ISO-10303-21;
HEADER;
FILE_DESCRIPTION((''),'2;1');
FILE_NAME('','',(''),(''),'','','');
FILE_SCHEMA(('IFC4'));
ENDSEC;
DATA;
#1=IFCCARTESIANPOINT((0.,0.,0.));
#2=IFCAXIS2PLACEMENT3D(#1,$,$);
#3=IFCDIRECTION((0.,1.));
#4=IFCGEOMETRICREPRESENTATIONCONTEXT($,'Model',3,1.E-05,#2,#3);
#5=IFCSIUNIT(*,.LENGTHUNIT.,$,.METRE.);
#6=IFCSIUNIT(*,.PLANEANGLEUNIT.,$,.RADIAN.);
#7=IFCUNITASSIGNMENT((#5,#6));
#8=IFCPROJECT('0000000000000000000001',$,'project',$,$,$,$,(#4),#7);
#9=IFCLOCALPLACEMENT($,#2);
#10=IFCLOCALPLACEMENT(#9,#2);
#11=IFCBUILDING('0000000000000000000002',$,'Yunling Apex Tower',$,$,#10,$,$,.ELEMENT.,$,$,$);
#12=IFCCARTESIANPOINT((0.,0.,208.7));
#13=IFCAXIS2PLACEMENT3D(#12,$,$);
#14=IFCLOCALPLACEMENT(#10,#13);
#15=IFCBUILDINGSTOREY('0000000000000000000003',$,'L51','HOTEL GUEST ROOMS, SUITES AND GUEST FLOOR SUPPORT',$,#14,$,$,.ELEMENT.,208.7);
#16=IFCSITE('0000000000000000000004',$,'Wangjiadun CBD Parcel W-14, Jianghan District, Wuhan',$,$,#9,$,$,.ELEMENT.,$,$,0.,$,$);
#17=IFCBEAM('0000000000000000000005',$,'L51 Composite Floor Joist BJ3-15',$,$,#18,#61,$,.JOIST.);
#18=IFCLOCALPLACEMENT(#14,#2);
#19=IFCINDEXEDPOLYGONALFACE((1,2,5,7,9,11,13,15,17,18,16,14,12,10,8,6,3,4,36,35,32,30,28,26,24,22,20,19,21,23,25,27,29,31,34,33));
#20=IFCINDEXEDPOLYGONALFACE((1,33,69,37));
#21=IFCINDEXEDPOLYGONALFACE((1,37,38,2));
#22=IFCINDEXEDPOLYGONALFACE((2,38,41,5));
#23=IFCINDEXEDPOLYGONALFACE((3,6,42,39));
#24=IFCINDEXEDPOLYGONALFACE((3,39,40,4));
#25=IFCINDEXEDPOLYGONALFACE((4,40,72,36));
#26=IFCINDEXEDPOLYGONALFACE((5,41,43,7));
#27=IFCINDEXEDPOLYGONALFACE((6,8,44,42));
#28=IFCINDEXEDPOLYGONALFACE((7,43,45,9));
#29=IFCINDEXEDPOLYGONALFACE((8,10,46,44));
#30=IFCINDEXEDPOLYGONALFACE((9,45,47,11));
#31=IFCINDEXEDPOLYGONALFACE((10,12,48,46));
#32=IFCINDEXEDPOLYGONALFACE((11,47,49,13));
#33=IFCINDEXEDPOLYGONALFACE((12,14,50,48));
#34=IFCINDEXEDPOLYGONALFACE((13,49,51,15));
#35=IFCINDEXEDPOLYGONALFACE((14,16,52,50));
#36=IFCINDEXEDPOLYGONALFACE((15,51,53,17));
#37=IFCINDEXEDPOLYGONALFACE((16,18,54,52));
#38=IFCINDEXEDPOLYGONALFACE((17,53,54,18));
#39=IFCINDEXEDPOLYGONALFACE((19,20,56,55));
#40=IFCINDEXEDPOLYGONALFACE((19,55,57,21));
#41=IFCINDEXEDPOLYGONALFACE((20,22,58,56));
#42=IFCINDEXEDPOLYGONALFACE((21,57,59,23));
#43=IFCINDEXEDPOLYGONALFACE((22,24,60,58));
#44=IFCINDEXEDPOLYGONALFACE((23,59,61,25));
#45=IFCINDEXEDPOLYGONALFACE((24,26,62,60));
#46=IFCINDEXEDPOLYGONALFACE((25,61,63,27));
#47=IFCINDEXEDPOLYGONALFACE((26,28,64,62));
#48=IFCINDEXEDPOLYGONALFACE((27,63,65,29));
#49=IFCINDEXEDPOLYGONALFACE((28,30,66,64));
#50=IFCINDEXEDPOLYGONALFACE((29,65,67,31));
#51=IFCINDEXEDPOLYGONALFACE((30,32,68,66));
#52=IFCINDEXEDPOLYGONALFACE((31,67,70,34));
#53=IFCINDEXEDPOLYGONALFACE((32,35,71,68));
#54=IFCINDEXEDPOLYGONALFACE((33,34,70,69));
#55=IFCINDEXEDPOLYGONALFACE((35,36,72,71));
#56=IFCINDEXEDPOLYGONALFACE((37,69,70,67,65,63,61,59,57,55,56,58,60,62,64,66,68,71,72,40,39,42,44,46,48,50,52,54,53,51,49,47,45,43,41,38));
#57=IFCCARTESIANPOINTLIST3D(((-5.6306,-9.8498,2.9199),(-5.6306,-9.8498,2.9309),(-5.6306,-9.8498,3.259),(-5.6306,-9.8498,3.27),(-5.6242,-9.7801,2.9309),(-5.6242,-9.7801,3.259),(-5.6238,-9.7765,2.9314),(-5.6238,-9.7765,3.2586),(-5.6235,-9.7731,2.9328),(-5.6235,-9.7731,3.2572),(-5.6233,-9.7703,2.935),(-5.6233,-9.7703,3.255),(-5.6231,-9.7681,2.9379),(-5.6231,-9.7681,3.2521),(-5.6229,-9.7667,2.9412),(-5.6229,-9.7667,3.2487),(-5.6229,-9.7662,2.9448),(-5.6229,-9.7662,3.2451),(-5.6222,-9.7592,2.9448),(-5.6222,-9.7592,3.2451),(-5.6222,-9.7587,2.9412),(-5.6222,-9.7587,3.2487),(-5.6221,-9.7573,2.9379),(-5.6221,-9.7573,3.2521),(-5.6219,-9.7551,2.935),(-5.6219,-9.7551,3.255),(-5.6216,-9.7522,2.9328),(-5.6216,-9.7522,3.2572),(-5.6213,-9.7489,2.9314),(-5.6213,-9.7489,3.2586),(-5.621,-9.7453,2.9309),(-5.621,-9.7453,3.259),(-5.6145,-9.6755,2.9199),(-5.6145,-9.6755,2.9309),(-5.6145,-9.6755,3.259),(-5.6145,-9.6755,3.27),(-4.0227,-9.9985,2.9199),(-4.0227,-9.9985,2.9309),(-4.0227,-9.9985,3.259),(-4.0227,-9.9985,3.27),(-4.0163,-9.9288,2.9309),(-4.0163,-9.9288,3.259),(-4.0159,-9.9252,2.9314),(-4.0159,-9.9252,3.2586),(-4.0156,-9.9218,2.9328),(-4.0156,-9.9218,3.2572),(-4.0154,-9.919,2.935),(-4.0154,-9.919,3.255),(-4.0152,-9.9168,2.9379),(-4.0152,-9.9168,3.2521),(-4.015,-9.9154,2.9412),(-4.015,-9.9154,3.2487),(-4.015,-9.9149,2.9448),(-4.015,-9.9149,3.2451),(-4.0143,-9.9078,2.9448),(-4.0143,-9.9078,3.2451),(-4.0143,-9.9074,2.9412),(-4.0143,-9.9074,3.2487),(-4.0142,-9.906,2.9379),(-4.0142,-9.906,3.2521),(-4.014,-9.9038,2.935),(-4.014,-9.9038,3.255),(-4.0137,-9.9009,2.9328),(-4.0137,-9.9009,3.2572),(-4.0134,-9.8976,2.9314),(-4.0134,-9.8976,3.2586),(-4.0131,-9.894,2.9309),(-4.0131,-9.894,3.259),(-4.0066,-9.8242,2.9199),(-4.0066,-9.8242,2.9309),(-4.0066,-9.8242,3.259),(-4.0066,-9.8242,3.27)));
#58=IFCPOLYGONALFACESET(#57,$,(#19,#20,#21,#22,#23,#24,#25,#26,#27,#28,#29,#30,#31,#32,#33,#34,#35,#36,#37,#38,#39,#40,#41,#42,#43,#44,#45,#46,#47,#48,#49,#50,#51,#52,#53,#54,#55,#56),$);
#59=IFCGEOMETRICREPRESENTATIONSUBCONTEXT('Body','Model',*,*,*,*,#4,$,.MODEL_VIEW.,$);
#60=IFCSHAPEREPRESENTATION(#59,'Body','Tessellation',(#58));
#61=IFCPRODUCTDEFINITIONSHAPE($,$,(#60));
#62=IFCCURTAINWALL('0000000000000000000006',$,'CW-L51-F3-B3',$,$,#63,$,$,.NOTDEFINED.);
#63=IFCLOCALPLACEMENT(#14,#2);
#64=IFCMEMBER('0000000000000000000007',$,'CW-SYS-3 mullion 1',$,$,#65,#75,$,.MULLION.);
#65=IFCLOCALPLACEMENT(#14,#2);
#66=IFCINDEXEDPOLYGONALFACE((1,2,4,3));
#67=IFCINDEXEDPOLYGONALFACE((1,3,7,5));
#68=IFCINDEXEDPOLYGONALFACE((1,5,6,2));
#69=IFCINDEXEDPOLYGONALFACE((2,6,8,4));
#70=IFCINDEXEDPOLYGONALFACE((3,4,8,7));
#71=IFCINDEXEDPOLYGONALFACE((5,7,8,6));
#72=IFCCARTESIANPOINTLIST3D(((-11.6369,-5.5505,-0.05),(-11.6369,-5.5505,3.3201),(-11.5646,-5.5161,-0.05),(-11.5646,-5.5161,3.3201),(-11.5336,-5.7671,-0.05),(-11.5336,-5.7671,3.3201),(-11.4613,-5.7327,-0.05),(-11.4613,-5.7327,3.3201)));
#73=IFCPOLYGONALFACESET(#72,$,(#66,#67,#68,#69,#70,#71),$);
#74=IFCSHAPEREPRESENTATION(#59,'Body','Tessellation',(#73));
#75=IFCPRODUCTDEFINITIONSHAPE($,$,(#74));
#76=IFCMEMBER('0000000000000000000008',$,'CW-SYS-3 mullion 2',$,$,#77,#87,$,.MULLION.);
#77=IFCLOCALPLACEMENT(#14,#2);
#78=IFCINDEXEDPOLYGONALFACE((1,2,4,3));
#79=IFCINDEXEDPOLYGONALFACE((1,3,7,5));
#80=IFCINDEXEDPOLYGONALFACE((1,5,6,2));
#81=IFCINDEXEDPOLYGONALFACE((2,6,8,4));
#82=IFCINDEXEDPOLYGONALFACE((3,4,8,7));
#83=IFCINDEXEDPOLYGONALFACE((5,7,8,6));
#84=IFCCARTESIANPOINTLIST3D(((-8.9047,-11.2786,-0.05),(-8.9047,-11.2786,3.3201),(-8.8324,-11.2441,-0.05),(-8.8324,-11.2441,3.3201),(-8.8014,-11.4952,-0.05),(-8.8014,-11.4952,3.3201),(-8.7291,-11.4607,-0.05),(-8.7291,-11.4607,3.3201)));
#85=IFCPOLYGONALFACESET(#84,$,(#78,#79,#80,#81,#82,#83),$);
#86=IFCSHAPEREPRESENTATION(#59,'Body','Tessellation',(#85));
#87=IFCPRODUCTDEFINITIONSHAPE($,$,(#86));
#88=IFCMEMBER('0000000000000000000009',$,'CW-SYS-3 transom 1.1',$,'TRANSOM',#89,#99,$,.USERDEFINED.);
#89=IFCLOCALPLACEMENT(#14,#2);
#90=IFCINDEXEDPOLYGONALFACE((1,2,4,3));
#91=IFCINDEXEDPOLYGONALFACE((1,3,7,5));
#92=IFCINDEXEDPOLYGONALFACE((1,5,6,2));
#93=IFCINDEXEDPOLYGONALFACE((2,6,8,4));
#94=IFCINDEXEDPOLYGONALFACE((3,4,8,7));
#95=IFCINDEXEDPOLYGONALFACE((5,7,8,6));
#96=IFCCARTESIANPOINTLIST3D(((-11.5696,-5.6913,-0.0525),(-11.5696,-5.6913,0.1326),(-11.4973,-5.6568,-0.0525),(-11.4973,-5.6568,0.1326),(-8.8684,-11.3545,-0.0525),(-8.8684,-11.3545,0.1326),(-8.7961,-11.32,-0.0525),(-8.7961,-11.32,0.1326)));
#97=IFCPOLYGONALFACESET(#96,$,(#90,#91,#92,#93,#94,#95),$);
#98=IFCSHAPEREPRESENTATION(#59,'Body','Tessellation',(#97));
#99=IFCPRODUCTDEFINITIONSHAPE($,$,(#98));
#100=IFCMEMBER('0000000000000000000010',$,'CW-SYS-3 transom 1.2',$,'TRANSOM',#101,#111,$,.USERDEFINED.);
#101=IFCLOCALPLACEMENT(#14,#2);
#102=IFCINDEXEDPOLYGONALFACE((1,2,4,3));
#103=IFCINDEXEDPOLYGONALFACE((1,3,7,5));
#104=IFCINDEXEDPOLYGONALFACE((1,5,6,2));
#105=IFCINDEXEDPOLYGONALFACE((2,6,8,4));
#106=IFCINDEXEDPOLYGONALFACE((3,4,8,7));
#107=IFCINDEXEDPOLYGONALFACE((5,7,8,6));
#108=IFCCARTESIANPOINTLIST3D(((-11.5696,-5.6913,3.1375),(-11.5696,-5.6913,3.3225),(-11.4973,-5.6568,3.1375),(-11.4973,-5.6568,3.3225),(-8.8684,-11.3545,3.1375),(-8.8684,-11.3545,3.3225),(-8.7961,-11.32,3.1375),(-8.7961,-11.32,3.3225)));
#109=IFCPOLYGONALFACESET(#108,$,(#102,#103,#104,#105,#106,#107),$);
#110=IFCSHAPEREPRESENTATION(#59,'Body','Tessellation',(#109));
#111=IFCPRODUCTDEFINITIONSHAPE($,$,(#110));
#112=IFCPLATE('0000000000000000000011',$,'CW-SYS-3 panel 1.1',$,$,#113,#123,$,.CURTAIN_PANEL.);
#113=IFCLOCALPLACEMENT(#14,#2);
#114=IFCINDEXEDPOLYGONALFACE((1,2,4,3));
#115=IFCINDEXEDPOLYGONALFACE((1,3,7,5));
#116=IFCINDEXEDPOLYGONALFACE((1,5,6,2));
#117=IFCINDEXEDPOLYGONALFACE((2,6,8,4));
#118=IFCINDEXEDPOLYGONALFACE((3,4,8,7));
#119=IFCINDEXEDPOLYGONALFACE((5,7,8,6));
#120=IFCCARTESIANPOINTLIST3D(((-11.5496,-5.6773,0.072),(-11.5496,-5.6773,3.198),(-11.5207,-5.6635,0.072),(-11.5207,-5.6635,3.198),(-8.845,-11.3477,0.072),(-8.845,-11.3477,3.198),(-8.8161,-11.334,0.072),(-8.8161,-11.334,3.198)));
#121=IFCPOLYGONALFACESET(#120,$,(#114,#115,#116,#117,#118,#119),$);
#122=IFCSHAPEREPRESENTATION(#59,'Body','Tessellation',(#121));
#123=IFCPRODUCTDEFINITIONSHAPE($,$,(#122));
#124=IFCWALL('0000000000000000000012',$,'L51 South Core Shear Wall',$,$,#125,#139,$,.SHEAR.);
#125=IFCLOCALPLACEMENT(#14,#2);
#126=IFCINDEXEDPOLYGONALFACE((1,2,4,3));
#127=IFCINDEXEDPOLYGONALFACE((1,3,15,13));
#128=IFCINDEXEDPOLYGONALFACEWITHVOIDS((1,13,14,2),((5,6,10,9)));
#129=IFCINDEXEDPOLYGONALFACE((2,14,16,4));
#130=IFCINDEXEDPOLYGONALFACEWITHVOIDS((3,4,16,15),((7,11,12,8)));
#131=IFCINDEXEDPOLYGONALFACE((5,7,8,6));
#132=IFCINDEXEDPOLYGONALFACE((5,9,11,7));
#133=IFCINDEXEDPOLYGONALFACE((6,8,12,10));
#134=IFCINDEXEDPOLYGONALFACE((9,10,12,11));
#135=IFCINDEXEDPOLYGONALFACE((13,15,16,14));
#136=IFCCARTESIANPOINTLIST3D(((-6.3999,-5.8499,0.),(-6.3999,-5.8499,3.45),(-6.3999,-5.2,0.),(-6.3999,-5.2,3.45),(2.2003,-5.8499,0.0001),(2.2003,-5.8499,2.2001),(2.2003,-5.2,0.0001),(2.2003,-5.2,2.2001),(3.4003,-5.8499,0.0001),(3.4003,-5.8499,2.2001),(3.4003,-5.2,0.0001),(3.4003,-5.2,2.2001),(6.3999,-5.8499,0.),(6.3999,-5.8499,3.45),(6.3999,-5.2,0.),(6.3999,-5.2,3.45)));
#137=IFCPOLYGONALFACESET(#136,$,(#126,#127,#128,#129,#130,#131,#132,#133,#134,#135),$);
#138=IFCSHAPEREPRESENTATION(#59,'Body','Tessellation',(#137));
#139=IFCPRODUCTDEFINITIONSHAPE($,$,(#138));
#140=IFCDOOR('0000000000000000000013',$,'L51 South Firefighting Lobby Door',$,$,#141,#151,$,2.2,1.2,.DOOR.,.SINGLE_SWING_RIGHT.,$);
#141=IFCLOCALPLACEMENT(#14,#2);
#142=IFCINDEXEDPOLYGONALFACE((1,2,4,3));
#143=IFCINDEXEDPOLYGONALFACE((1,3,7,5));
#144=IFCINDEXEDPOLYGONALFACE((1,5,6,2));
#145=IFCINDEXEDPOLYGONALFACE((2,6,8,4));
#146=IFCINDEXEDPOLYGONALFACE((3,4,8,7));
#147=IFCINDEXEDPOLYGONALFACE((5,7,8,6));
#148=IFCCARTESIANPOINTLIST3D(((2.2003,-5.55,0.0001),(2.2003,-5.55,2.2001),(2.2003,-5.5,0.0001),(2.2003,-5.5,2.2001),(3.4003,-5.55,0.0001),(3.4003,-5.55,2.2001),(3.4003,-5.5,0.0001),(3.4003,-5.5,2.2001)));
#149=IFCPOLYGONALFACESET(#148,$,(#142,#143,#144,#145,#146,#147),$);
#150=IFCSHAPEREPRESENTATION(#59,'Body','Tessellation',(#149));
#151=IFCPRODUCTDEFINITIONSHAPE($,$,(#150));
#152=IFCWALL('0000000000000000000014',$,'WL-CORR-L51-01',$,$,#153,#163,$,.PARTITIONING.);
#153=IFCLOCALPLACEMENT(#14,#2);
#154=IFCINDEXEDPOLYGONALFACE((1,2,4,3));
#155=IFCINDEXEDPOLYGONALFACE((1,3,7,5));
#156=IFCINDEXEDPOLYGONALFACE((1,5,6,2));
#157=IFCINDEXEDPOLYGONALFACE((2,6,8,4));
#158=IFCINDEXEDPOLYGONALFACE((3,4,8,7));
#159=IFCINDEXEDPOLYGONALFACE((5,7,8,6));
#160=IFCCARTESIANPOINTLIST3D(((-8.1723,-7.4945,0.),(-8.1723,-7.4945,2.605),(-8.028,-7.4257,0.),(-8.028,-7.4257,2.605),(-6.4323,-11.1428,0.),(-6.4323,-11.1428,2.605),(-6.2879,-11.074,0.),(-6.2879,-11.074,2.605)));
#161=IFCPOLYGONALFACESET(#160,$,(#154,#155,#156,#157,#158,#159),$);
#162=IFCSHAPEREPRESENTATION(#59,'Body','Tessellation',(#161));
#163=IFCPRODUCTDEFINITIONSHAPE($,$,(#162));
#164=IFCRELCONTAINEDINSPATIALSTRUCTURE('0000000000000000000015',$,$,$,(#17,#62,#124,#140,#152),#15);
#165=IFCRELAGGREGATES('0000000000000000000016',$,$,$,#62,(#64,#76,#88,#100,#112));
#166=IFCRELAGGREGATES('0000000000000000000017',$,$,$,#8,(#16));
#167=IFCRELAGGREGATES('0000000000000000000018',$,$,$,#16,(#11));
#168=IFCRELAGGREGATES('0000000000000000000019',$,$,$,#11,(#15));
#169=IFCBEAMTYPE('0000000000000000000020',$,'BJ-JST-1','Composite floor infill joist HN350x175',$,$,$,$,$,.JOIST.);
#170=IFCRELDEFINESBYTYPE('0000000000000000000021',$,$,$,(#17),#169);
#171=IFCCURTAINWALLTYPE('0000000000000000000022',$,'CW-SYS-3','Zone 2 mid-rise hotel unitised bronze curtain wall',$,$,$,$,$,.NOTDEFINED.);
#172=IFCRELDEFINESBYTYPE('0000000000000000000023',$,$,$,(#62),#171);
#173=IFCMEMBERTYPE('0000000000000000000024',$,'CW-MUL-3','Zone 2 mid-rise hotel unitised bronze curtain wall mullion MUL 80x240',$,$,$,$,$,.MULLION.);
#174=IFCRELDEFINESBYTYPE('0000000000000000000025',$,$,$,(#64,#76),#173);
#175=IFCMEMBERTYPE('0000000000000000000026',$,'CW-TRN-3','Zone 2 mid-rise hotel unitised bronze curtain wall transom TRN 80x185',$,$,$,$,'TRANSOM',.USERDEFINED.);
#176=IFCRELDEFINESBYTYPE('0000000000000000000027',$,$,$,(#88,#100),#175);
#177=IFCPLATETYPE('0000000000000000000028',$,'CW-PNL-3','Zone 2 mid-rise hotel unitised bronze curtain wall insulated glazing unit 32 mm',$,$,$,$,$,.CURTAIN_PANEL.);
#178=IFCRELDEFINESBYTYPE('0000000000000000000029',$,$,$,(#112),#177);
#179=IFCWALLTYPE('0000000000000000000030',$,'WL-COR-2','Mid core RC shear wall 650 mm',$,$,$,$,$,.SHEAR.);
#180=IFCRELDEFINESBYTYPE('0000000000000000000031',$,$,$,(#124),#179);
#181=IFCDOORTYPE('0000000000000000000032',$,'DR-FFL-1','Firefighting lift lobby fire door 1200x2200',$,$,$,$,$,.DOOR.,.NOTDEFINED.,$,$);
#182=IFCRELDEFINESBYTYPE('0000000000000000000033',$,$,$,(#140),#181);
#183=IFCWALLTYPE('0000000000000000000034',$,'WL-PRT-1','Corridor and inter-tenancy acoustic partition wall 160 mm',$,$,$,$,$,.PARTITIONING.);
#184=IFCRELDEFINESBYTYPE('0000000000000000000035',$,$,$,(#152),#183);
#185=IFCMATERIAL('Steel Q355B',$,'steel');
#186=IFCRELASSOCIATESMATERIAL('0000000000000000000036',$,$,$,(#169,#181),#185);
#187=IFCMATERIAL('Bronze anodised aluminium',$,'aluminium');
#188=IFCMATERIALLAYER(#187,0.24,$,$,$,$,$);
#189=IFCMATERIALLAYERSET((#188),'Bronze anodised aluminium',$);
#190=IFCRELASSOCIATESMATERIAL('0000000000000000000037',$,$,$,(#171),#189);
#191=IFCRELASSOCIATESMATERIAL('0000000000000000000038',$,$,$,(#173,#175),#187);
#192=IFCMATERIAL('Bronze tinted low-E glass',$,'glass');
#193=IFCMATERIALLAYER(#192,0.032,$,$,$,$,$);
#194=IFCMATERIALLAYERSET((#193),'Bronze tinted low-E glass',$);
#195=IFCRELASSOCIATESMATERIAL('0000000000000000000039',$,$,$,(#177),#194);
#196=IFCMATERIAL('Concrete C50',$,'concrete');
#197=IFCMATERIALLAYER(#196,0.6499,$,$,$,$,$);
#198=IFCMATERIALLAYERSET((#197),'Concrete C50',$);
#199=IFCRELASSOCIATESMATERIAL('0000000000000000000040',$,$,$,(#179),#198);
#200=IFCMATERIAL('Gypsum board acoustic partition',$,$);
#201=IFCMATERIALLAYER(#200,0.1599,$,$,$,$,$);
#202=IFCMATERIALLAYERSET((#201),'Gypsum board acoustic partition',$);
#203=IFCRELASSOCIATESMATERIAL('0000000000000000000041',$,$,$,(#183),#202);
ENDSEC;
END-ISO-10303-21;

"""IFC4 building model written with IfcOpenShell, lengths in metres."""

from ifc_helpers import new_model, si_unit, direction, frame, frame_2d, origin, origin_2d, place, context, subcontext, project, spatial, rectangle, i_section, extrude, source, transform, mapped, material, layer, layer_set, material_profile, profile_set, type_object, element, fill, aggregate, save


model = new_model("IFC4")

# Units and contexts
model_context = context("Model", 3, precision=1e-05, world=origin(), true_north=direction((0.0, 1.0)))
body_context = subcontext(model_context, "Body", "Model", "MODEL_VIEW")
ifc_project = project(units=[si_unit("LENGTHUNIT", "METRE"), si_unit("PLANEANGLEUNIT", "RADIAN")], contexts=[model_context])

# Site, building, storey
site_placement = place(None, origin())
site = spatial("IfcSite", under=ifc_project, at=site_placement, Name="Wangjiadun CBD Parcel W-14, Jianghan District, Wuhan", CompositionType="ELEMENT", RefElevation=0.0)
building_placement = place(site_placement, origin())
building = spatial("IfcBuilding", under=site, at=building_placement, Name="Yunling Apex Tower", CompositionType="ELEMENT")
storey_placement = place(building_placement, frame((0.0, 0.0, 208.7)))
storey = spatial("IfcBuildingStorey", under=building, at=storey_placement, Name="L51", Description="HOTEL GUEST ROOMS, SUITES AND GUEST FLOOR SUPPORT", CompositionType="ELEMENT", Elevation=208.7)

# Shared definitions
ifc_material_1 = material(Name="Concrete C50", Category="concrete")

# Beam
ifc_material_2 = material(Name="Steel Q355B", Category="steel")
ifc_material_profile_1 = material_profile(ifc_material_2, i_section(OverallWidth=0.175, OverallDepth=0.3501, WebThickness=0.0071, FlangeThickness=0.011, FilletRadius=0.0139, at=origin_2d()))
ifc_profile_set_1 = profile_set([ifc_material_profile_1], Name="Steel Q355B")
beam_type_1 = type_object("IfcBeamType", Name="BJ-JST-1", Description="Composite floor infill joist HN350x175", PredefinedType="JOIST", material=ifc_profile_set_1)
shared_shape_1 = source(origin(), body_context, "Body", "SweptSolid", [
    extrude(i_section(OverallWidth=0.175, OverallDepth=0.3501, WebThickness=0.0071, FlangeThickness=0.011, FilletRadius=0.0139, at=origin_2d()), origin(), (0.0, 0.0, 1.0), 1.6147),
])
beam_1_placement = place(storey_placement, frame((-5.6226, -9.7627, 3.095), z_axis=(0.995752, -0.092076, 0.0), x_axis=(0.092076, 0.995752, 0.0)))
element("IfcBeam", 1, at=beam_1_placement, inside=storey, type_object=beam_type_1, Name="L51 Composite Floor Joist BJ3-15", PredefinedType="JOIST", context=body_context, shape_type="MappedRepresentation", body=[
    mapped(shared_shape_1, transform((0.0, 0.0, 0.0), scale=1.0)),
])

# Curtain wall, members, plate
ifc_material_3 = material(Name="Bronze anodised aluminium", Category="aluminium")
ifc_layer_1 = layer(ifc_material_3, 0.24)
ifc_layer_set_1 = layer_set([ifc_layer_1], Name="Bronze anodised aluminium")
curtain_wall_type = type_object("IfcCurtainWallType", Name="CW-SYS-3", Description="Zone 2 mid-rise hotel unitised bronze curtain wall", PredefinedType="NOTDEFINED", material=ifc_layer_set_1)
curtain_wall_placement = place(storey_placement, origin())
curtain_wall = element("IfcCurtainWall", 2, at=curtain_wall_placement, inside=storey, type_object=curtain_wall_type, Name="CW-L51-F3-B3", PredefinedType="NOTDEFINED")
ifc_material_profile_2 = material_profile(ifc_material_3, rectangle(XDim=0.0801, YDim=0.24, at=origin_2d()))
ifc_profile_set_2 = profile_set([ifc_material_profile_2], Name="Bronze anodised aluminium")
member_type_1 = type_object("IfcMemberType", Name="CW-MUL-3", Description="Zone 2 mid-rise hotel unitised bronze curtain wall mullion MUL 80x240", PredefinedType="MULLION", material=ifc_profile_set_2)
shared_shape_2 = source(origin(), body_context, "Body", "SweptSolid", [
    extrude(rectangle(XDim=0.0801, YDim=0.24, at=origin_2d()), origin(), (0.0, 0.0, 1.0), 3.3701),
])
member_1_placement = place(storey_placement, frame((-11.5491, -5.6416, -0.05), z_axis=(0.0, 0.0, 1.0), x_axis=(0.902588, 0.430505, 0.0)))
member_1 = element("IfcMember", 3, at=member_1_placement, type_object=member_type_1, Name="CW-SYS-3 mullion 1", PredefinedType="MULLION", context=body_context, shape_type="MappedRepresentation", body=[
    mapped(shared_shape_2, transform((0.0, 0.0, 0.0), scale=1.0)),
])
member_2_placement = place(storey_placement, frame((-8.8169, -11.3696, -0.05), z_axis=(0.0, 0.0, 1.0), x_axis=(0.902588, 0.430505, 0.0)))
member_2 = element("IfcMember", 4, at=member_2_placement, type_object=member_type_1, Name="CW-SYS-3 mullion 2", PredefinedType="MULLION", context=body_context, shape_type="MappedRepresentation", body=[
    mapped(shared_shape_2, transform((0.0, 0.0, 0.0), scale=1.0)),
])
ifc_material_profile_3 = material_profile(ifc_material_3, rectangle(XDim=0.0801, YDim=0.1851, at=origin_2d()))
ifc_profile_set_3 = profile_set([ifc_material_profile_3], Name="Bronze anodised aluminium")
member_type_2 = type_object("IfcMemberType", Name="CW-TRN-3", Description="Zone 2 mid-rise hotel unitised bronze curtain wall transom TRN 80x185", ElementType="TRANSOM", PredefinedType="USERDEFINED", material=ifc_profile_set_3)
shared_shape_3 = source(origin(), body_context, "Body", "SweptSolid", [
    extrude(rectangle(XDim=0.0801, YDim=0.1851, at=origin_2d()), origin(), (0.0, 0.0, 1.0), 6.2744),
])
member_3_placement = place(storey_placement, frame((-11.5334, -5.6741, 0.04), z_axis=(0.430513, -0.902584, 0.0), x_axis=(0.902584, 0.430513, 0.0)))
member_3 = element("IfcMember", 5, at=member_3_placement, type_object=member_type_2, Name="CW-SYS-3 transom 1.1", ObjectType="TRANSOM", PredefinedType="USERDEFINED", context=body_context, shape_type="MappedRepresentation", body=[
    mapped(shared_shape_3, transform((0.0, 0.0, 0.0), scale=1.0)),
])
member_4_placement = place(storey_placement, frame((-11.5334, -5.6741, 3.23), z_axis=(0.430513, -0.902584, 0.0), x_axis=(0.902584, 0.430513, 0.0)))
member_4 = element("IfcMember", 6, at=member_4_placement, type_object=member_type_2, Name="CW-SYS-3 transom 1.2", ObjectType="TRANSOM", PredefinedType="USERDEFINED", context=body_context, shape_type="MappedRepresentation", body=[
    mapped(shared_shape_3, transform((0.0, 0.0, 0.0), scale=1.0)),
])
ifc_material_4 = material(Name="Bronze tinted low-E glass", Category="glass")
ifc_layer_2 = layer(ifc_material_4, 0.032)
ifc_layer_set_2 = layer_set([ifc_layer_2], Name="Bronze tinted low-E glass")
plate_type = type_object("IfcPlateType", Name="CW-PNL-3", Description="Zone 2 mid-rise hotel unitised bronze curtain wall insulated glazing unit 32 mm", PredefinedType="CURTAIN_PANEL", material=ifc_layer_set_2)
shared_shape_4 = source(origin(), body_context, "Body", "SweptSolid", [
    extrude(rectangle(XDim=6.2825, YDim=0.032, at=origin_2d()), origin(), (0.0, 0.0, 1.0), 3.126),
])
plate_placement = place(storey_placement, frame((-10.1829, -8.5056, 0.072), z_axis=(0.0, 0.0, 1.0), x_axis=(0.430505, -0.902588, 0.0)))
plate = element("IfcPlate", 7, at=plate_placement, type_object=plate_type, Name="CW-SYS-3 panel 1.1", PredefinedType="CURTAIN_PANEL", context=body_context, shape_type="MappedRepresentation", body=[
    mapped(shared_shape_4, transform((0.0, 0.0, 0.0), scale=1.0)),
])
aggregate(curtain_wall, [member_1, member_2, member_3, member_4, plate])

# Wall, opening, door
ifc_layer_3 = layer(ifc_material_1, 0.6499)
ifc_layer_set_3 = layer_set([ifc_layer_3], Name="Concrete C50")
wall_type_1 = type_object("IfcWallType", Name="WL-COR-2", Description="Mid core RC shear wall 650 mm", PredefinedType="SHEAR", material=ifc_layer_set_3)
wall_1_placement = place(storey_placement, frame((-6.3999, -5.5249, 0.0), z_axis=(0.0, 0.0, 1.0), x_axis=(1.0, 0.0, 0.0)))
wall_1 = element("IfcWall", 8, at=wall_1_placement, inside=storey, type_object=wall_type_1, Name="L51 South Core Shear Wall", PredefinedType="SHEAR", context=body_context, shape_type="SweptSolid", body=[
    extrude(rectangle(XDim=12.7998, YDim=0.6499, at=frame_2d((6.3999, 0.0))), origin(), (0.0, 0.0, 1.0), 3.45),
])
opening_1_placement = place(wall_1_placement, frame((8.6001, 0.0, 0.0)))
opening_1 = element("IfcOpeningElement", 9, at=opening_1_placement, cuts=wall_1, PredefinedType="OPENING", context=body_context, shape_type="SweptSolid", body=[
    extrude(rectangle(XDim=1.2, YDim=2.2, at=frame_2d((0.6001, 1.1001))), frame((0.0, 0.335, 0.0), z_axis=(0.0, -1.0, 0.0), x_axis=(1.0, 0.0, 0.0)), (0.0, 0.0, 1.0), 0.6699),
])
door_type_1 = type_object("IfcDoorType", Name="DR-FFL-1", Description="Firefighting lift lobby fire door 1200x2200", OperationType="NOTDEFINED", PredefinedType="DOOR", material=ifc_material_2)
door_1_placement = place(opening_1_placement, origin())
door_1 = element("IfcDoor", 10, at=door_1_placement, inside=storey, type_object=door_type_1, Name="L51 South Firefighting Lobby Door", OperationType="SINGLE_SWING_RIGHT", OverallHeight=2.2, OverallWidth=1.2, PredefinedType="DOOR", context=body_context, shape_type="SweptSolid", body=[
    extrude(rectangle(XDim=1.2, YDim=2.2, at=frame_2d((0.6001, 1.1001))), frame((0.0, 0.0249, 0.0), z_axis=(0.0, -1.0, 0.0), x_axis=(1.0, 0.0, 0.0)), (0.0, 0.0, 1.0), 0.05),
])
fill(opening_1, door_1)

# Wall
ifc_material_5 = material(Name="Gypsum board acoustic partition")
ifc_layer_4 = layer(ifc_material_5, 0.1599)
ifc_layer_set_4 = layer_set([ifc_layer_4], Name="Gypsum board acoustic partition")
wall_type_2 = type_object("IfcWallType", Name="WL-PRT-1", Description="Corridor and inter-tenancy acoustic partition wall 160 mm", PredefinedType="PARTITIONING", material=ifc_layer_set_4)
wall_2_placement = place(storey_placement, frame((-6.3601, -11.1084, 0.0), z_axis=(0.0, 0.0, 1.0), x_axis=(-0.430489, 0.902596, 0.0)))
element("IfcWall", 11, at=wall_2_placement, inside=storey, type_object=wall_type_2, Name="WL-CORR-L51-01", PredefinedType="PARTITIONING", context=body_context, shape_type="SweptSolid", body=[
    extrude(rectangle(XDim=4.042, YDim=0.1599, at=frame_2d((2.021, 0.0))), origin(), (0.0, 0.0, 1.0), 2.605),
])

save(model, "model.ifc")
